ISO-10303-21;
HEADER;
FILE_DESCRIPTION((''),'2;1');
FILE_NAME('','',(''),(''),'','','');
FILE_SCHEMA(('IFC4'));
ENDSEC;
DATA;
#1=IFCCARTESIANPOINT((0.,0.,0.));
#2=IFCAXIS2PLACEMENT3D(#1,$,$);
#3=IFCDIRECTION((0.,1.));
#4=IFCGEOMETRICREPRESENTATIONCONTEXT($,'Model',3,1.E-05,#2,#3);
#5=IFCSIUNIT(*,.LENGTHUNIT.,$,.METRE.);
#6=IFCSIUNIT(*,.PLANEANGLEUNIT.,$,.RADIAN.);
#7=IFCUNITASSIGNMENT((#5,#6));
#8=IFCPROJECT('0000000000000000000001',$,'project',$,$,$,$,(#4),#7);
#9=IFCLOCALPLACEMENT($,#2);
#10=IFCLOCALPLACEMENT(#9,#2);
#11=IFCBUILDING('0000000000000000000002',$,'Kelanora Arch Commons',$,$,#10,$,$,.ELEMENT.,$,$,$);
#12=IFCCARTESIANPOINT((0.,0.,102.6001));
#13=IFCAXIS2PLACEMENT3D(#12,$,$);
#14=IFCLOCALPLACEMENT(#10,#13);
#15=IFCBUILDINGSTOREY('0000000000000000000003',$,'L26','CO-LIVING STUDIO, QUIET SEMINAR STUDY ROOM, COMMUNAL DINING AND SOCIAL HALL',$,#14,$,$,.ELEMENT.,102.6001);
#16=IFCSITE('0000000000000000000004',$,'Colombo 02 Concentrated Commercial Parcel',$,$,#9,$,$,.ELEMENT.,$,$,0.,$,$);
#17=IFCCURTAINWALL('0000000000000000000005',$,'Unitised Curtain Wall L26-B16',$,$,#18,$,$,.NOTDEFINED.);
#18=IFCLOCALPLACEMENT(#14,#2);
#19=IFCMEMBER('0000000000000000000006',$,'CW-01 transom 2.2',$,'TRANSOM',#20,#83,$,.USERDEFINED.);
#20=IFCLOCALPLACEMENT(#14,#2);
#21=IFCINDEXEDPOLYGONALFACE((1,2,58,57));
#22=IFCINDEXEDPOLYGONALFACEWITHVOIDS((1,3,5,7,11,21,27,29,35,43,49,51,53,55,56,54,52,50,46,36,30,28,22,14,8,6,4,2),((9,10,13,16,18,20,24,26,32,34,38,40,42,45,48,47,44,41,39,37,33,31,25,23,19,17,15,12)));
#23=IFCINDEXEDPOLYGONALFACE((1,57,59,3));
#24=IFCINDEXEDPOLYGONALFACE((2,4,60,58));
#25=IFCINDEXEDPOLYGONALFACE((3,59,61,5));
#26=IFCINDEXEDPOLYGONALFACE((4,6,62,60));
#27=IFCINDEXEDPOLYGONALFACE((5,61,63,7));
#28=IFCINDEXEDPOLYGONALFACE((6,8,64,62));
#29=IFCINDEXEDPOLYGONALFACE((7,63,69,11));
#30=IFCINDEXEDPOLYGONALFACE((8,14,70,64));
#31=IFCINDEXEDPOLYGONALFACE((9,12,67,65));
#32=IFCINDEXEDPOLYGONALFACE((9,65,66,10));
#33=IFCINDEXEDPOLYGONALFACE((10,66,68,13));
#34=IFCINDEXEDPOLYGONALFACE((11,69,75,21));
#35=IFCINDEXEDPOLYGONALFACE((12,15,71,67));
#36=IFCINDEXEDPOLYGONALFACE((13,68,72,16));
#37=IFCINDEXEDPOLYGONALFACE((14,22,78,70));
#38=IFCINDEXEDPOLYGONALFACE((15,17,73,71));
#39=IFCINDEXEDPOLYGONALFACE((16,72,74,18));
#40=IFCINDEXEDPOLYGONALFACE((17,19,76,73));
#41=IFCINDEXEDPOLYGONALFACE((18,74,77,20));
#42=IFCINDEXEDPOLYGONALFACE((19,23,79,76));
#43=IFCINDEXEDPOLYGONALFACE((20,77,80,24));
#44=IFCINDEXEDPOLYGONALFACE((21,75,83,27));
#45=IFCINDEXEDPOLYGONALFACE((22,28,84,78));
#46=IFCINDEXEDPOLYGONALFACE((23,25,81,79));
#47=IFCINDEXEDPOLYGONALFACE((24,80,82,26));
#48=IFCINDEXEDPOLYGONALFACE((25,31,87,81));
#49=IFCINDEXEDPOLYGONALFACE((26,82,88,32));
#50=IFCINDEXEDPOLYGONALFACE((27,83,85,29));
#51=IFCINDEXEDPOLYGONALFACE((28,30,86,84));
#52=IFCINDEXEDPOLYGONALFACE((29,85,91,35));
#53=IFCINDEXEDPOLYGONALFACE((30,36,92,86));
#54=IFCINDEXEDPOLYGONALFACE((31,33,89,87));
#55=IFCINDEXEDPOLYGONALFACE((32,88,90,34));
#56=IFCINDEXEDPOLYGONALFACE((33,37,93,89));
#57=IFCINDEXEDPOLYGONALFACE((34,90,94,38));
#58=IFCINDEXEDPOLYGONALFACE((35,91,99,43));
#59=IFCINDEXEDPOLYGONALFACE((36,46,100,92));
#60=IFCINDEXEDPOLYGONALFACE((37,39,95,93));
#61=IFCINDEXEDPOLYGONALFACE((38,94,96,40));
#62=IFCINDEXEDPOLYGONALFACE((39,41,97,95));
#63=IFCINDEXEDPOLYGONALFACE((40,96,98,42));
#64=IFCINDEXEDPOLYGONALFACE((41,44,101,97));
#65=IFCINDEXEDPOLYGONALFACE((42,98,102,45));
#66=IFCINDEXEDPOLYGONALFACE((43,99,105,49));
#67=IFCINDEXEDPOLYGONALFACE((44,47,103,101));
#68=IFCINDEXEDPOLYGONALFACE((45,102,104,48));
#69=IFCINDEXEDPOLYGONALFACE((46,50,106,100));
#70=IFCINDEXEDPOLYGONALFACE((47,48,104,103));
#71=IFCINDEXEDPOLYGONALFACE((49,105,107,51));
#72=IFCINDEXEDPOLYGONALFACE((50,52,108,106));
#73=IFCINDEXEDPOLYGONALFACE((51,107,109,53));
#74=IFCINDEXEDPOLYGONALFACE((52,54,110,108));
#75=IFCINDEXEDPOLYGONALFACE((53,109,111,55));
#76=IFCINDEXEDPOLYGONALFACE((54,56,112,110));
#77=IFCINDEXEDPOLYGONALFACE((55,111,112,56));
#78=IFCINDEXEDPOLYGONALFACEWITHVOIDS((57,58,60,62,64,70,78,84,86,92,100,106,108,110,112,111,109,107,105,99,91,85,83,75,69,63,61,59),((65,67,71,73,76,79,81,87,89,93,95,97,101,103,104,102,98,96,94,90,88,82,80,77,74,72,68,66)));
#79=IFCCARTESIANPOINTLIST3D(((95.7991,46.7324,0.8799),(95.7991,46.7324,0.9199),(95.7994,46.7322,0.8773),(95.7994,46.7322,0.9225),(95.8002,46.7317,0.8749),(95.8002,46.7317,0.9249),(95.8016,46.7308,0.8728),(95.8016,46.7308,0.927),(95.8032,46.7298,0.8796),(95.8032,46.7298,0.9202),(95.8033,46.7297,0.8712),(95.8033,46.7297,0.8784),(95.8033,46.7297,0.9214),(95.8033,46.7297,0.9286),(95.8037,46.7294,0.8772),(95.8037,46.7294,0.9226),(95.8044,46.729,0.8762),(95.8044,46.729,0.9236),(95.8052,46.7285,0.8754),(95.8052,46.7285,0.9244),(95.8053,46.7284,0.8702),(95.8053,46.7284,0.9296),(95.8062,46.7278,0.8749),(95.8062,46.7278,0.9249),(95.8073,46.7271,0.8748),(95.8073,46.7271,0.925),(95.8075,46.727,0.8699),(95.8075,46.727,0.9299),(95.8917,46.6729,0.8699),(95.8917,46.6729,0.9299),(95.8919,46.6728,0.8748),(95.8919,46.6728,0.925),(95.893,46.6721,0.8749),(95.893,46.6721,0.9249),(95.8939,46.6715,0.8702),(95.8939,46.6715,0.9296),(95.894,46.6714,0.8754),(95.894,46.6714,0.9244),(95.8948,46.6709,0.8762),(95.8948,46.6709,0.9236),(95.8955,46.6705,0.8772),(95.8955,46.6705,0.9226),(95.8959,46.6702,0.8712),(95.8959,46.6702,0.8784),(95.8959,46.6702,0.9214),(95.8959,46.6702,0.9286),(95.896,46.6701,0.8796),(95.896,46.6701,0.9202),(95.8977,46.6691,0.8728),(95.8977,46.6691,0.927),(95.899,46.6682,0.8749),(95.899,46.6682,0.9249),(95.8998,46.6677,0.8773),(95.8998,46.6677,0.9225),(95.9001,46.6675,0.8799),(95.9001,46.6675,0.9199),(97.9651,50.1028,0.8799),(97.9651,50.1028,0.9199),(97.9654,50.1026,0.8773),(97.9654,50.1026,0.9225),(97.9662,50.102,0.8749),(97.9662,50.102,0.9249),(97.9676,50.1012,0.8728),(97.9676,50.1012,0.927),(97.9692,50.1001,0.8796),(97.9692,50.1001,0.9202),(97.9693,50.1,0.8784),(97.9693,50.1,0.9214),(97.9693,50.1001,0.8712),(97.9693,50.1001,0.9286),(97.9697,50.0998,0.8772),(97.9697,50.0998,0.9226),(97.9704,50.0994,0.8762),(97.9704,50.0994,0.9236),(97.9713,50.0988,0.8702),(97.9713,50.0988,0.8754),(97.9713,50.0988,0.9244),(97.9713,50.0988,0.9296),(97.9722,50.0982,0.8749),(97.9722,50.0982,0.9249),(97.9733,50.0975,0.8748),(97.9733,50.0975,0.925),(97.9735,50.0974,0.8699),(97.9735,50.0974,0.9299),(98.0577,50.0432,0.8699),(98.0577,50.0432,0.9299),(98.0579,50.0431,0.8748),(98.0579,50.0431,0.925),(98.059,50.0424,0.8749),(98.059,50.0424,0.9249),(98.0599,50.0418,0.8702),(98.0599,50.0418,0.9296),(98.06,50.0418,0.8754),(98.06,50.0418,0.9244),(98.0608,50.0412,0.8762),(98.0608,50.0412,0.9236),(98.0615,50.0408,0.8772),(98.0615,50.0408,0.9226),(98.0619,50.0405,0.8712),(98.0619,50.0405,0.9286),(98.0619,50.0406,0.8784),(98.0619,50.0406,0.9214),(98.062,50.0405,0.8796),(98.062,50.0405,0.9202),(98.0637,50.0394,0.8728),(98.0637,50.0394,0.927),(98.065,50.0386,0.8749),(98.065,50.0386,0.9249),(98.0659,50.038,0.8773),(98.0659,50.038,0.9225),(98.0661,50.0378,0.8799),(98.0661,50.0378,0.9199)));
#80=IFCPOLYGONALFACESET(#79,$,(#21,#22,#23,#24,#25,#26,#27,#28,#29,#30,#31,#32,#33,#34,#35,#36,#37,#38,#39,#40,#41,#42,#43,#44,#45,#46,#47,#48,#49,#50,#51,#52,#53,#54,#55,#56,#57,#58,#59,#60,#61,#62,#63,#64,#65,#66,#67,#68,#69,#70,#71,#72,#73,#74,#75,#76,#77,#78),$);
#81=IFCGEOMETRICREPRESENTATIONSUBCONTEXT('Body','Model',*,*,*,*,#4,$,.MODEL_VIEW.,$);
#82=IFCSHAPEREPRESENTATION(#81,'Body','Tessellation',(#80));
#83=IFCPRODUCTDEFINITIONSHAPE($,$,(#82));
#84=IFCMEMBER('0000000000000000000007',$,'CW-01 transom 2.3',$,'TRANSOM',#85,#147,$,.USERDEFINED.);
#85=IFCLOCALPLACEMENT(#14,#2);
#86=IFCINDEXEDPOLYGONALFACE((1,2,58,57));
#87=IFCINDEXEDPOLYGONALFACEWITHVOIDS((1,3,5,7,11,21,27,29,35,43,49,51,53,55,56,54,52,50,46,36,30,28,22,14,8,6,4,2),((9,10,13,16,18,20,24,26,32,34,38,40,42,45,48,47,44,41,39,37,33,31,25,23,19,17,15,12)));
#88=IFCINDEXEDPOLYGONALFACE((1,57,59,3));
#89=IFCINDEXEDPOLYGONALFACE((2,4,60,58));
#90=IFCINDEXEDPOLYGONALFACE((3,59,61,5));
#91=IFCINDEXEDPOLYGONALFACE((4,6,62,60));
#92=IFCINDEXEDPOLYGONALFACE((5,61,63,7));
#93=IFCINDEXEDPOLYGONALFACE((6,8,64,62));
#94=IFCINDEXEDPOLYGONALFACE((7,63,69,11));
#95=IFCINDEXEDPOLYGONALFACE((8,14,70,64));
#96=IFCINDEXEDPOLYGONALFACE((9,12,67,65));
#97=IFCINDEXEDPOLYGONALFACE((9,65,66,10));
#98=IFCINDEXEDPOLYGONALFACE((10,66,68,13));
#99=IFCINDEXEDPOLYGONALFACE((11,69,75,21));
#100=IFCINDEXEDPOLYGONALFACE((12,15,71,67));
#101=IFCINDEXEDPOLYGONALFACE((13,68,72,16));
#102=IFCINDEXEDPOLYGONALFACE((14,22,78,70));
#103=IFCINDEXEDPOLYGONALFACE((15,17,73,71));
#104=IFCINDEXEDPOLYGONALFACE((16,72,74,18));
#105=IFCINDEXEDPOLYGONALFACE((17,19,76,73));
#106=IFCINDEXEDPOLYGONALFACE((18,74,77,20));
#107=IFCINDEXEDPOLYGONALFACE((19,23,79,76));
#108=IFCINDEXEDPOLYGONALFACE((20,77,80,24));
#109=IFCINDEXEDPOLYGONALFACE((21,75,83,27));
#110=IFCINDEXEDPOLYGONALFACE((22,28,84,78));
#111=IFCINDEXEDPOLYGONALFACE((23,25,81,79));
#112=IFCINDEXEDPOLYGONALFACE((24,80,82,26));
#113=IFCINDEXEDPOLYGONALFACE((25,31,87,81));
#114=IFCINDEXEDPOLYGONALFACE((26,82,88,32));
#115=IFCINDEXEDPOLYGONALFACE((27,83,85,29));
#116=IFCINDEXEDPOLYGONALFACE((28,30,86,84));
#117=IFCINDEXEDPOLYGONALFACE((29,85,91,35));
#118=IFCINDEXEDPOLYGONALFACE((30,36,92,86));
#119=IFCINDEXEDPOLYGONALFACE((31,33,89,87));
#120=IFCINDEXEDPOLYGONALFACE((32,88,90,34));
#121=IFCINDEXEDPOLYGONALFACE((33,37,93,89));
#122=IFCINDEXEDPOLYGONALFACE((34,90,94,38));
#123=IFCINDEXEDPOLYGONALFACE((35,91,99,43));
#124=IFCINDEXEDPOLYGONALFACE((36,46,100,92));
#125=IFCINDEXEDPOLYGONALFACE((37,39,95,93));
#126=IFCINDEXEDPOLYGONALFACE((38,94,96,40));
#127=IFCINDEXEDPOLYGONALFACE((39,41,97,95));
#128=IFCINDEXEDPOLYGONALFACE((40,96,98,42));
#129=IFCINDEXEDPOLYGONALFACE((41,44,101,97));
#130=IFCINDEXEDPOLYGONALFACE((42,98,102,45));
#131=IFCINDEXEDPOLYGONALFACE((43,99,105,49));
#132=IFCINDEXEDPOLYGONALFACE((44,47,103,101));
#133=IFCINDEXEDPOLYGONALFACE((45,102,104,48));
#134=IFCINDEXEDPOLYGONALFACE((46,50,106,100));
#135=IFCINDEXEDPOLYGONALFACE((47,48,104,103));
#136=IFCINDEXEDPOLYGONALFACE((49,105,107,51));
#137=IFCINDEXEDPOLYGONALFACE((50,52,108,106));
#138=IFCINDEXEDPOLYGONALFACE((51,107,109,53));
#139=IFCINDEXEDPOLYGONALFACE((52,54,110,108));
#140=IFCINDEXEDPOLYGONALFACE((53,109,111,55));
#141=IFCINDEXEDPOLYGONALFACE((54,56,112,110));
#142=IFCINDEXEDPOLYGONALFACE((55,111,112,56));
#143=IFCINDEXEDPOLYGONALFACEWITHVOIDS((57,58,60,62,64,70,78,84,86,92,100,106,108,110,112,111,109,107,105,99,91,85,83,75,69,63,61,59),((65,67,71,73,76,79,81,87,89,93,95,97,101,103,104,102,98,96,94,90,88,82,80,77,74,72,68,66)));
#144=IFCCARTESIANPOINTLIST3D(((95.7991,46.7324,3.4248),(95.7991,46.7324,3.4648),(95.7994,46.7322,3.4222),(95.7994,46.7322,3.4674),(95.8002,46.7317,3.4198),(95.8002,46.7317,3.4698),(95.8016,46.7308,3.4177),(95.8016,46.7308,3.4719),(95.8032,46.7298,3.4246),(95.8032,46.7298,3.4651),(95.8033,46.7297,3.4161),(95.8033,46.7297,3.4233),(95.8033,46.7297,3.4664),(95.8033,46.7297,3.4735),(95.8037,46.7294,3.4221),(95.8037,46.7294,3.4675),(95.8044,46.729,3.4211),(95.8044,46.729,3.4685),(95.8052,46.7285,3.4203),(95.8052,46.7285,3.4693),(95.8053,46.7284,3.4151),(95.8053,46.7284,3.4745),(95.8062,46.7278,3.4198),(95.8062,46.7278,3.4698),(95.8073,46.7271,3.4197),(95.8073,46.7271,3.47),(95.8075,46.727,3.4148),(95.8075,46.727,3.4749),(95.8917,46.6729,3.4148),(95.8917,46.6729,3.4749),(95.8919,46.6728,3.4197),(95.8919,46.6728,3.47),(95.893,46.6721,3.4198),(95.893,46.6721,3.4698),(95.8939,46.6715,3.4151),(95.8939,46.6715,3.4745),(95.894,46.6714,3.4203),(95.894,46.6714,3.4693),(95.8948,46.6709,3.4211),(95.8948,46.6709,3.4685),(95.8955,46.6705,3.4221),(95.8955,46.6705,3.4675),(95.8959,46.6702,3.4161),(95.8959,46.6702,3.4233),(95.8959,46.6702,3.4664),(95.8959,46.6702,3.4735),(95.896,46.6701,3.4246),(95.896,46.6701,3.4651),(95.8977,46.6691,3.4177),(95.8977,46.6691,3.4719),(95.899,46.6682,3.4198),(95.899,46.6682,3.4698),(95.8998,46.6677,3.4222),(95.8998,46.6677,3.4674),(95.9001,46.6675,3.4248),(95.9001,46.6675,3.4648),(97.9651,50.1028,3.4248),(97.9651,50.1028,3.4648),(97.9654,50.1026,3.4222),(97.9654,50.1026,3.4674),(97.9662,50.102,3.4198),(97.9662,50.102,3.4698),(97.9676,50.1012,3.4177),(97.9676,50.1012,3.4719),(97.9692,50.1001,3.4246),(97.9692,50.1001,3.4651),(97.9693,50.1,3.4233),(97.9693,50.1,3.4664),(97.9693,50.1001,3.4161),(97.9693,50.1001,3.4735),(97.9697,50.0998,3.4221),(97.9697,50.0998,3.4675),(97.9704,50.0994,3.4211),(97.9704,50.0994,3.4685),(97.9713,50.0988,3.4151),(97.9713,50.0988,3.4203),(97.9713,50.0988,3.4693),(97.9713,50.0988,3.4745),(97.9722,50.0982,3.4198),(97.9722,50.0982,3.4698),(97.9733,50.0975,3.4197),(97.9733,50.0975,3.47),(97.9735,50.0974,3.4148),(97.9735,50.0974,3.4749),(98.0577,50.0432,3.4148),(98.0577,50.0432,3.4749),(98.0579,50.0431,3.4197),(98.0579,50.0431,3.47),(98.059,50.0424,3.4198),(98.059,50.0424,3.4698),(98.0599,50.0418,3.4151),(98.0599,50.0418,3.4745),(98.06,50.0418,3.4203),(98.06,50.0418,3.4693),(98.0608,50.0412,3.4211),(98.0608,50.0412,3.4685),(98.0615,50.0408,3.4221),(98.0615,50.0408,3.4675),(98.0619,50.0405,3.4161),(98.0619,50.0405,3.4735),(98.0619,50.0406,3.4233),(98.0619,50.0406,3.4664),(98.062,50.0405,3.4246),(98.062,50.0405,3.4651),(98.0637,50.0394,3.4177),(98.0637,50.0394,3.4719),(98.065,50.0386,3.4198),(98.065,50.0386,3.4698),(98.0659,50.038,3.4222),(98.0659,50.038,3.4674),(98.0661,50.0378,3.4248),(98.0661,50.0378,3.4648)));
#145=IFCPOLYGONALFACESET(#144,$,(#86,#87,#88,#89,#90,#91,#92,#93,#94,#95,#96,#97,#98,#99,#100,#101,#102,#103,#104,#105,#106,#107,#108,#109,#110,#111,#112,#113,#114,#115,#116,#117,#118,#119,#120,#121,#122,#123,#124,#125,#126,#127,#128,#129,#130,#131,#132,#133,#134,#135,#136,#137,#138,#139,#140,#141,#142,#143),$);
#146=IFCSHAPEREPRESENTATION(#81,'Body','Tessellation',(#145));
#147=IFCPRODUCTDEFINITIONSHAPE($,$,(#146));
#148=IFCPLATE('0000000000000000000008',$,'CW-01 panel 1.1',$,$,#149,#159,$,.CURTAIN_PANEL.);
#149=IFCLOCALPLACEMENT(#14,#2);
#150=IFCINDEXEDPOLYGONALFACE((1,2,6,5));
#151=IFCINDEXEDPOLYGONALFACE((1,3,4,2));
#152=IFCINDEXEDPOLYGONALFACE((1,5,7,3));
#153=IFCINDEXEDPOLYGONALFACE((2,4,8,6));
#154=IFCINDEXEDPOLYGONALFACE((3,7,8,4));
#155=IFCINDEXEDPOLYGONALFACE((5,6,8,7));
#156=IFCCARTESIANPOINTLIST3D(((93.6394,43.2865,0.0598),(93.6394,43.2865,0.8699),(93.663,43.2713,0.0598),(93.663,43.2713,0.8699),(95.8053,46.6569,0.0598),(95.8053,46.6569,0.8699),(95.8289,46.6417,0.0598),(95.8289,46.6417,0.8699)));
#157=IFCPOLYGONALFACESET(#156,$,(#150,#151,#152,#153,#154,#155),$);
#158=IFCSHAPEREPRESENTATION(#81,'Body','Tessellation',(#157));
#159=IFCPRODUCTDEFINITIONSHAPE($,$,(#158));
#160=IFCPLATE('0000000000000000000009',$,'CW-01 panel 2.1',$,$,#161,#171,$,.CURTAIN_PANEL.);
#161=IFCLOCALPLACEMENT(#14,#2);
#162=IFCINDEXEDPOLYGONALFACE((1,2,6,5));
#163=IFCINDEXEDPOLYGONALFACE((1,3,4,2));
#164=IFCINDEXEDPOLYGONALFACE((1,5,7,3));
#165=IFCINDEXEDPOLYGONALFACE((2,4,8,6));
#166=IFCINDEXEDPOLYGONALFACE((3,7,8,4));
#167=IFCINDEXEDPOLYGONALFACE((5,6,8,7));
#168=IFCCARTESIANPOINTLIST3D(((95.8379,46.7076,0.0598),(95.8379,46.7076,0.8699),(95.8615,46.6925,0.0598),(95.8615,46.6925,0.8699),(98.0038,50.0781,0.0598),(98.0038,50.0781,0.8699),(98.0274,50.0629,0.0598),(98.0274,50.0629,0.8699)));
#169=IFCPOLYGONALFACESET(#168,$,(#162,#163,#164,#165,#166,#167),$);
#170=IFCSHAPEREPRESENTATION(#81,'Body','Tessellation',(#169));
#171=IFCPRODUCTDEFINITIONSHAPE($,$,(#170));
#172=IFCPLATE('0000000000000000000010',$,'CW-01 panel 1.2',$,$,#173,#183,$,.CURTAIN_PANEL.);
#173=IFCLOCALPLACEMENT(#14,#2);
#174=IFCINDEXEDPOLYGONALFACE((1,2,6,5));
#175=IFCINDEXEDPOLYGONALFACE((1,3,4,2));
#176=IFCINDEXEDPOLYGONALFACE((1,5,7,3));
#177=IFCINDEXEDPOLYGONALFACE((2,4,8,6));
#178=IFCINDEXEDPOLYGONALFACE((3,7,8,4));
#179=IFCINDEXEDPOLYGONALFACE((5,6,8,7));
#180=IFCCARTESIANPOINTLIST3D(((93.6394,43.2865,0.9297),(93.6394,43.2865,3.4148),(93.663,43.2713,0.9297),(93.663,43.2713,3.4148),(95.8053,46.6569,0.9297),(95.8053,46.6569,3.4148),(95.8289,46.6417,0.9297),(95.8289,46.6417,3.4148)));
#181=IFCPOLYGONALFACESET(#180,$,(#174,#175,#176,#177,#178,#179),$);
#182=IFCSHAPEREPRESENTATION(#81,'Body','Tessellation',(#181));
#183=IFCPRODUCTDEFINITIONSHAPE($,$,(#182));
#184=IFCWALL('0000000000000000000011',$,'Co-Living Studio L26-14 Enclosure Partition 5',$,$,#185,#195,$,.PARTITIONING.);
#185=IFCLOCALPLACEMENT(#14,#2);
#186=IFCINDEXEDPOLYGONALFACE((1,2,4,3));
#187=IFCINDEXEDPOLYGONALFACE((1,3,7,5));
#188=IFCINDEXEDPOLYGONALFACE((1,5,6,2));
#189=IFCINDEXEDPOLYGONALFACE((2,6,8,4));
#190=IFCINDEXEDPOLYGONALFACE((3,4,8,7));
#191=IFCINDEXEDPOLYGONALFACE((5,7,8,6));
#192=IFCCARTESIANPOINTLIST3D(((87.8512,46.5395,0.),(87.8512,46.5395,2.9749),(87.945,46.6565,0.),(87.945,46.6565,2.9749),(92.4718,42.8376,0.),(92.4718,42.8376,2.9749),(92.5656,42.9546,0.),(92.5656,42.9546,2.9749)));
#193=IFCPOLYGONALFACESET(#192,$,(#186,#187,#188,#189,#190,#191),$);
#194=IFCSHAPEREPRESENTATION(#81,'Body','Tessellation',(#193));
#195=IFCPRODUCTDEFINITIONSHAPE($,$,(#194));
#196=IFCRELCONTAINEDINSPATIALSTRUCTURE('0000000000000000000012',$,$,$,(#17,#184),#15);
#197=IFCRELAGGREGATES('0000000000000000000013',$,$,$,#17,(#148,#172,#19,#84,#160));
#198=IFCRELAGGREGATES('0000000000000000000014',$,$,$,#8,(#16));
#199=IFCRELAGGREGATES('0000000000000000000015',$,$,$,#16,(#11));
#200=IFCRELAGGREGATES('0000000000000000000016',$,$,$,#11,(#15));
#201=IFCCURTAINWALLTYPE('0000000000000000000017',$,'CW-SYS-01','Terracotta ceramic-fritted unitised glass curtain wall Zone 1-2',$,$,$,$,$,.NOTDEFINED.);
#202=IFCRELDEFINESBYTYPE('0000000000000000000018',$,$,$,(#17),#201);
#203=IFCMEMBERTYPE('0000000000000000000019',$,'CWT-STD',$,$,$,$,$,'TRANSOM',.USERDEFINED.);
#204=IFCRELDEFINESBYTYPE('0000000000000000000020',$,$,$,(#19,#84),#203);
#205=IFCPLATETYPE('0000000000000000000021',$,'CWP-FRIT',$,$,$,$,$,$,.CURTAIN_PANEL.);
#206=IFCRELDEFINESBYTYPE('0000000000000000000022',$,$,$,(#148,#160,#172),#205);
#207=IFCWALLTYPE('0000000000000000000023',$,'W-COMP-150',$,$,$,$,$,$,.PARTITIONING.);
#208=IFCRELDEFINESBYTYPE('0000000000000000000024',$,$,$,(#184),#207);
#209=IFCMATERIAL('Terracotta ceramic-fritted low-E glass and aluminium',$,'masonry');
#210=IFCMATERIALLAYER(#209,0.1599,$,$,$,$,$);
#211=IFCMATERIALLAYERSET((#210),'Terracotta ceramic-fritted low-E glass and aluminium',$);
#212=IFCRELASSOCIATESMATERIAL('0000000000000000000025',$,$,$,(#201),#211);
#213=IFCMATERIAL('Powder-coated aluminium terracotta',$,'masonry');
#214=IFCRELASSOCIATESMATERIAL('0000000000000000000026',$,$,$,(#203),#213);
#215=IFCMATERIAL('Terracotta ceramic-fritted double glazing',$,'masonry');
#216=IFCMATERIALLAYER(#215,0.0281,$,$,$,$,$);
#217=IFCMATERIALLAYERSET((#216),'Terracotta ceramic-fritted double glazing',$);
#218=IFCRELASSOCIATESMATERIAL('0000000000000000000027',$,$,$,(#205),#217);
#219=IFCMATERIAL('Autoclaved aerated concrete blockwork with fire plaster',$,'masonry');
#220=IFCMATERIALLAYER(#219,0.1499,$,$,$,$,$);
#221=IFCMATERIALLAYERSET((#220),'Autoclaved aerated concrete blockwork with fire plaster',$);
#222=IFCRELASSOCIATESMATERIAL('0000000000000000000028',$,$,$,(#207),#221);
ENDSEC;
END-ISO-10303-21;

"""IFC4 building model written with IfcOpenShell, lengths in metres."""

from ifc_helpers import new_model, si_unit, direction, frame, frame_2d, origin, origin_2d, place, context, subcontext, project, spatial, rectangle, hollow_rectangle, extrude, source, transform, mapped, material, layer, layer_set, material_profile, profile_set, type_object, element, aggregate, save


model = new_model("IFC4")

# Units and contexts
model_context = context("Model", 3, precision=1e-05, world=origin(), true_north=direction((0.0, 1.0)))
body_context = subcontext(model_context, "Body", "Model", "MODEL_VIEW")
ifc_project = project(units=[si_unit("LENGTHUNIT", "METRE"), si_unit("PLANEANGLEUNIT", "RADIAN")], contexts=[model_context])

# Site, building, storey
site_placement = place(None, origin())
site = spatial("IfcSite", under=ifc_project, at=site_placement, Name="Colombo 02 Concentrated Commercial Parcel", CompositionType="ELEMENT", RefElevation=0.0)
building_placement = place(site_placement, origin())
building = spatial("IfcBuilding", under=site, at=building_placement, Name="Kelanora Arch Commons", CompositionType="ELEMENT")
storey_placement = place(building_placement, frame((0.0, 0.0, 102.6001)))
storey = spatial("IfcBuildingStorey", under=building, at=storey_placement, Name="L26", Description="CO-LIVING STUDIO, QUIET SEMINAR STUDY ROOM, COMMUNAL DINING AND SOCIAL HALL", CompositionType="ELEMENT", Elevation=102.6001)

# Shared definitions
ifc_material_1 = material(Name="Terracotta ceramic-fritted low-E glass and aluminium", Category="masonry")
ifc_layer_1 = layer(ifc_material_1, 0.1599)
ifc_layer_set_1 = layer_set([ifc_layer_1], Name="Terracotta ceramic-fritted low-E glass and aluminium")
curtain_wall_type = type_object("IfcCurtainWallType", Name="CW-SYS-01", Description="Terracotta ceramic-fritted unitised glass curtain wall Zone 1-2", PredefinedType="NOTDEFINED", material=ifc_layer_set_1)
ifc_material_2 = material(Name="Powder-coated aluminium terracotta", Category="masonry")

# Curtain wall, members, plates
curtain_wall_1_placement = place(storey_placement, origin())
curtain_wall_1 = element("IfcCurtainWall", 1, at=curtain_wall_1_placement, inside=storey, type_object=curtain_wall_type, Name="Unitised Curtain Wall L26-B16", PredefinedType="NOTDEFINED")
ifc_material_profile_1 = material_profile(ifc_material_2, hollow_rectangle(XDim=0.1201, YDim=0.0601, WallThickness=0.0049, InnerFilletRadius=0.0049, OuterFilletRadius=0.01, at=origin_2d()), Name="CWT120x60")
ifc_profile_set_1 = profile_set([ifc_material_profile_1], Name="Powder-coated aluminium terracotta")
member_type_1 = type_object("IfcMemberType", Name="CWT-STD", ElementType="TRANSOM", PredefinedType="USERDEFINED", material=ifc_profile_set_1)
member_1_placement = place(storey_placement, frame((95.8496, 46.7, 0.8999), z_axis=(0.540644, 0.841252, 0.0), x_axis=(-0.841252, 0.540644, 0.0)))
member_1 = element("IfcMember", 2, at=member_1_placement, type_object=member_type_1, Name="CW-01 transom 2.2", ObjectType="TRANSOM", PredefinedType="USERDEFINED", context=body_context, shape_type="SweptSolid", body=[
    extrude(hollow_rectangle(XDim=0.1201, YDim=0.0601, WallThickness=0.0049, InnerFilletRadius=0.0049, OuterFilletRadius=0.01, at=origin_2d()), origin(), (0.0, 0.0, 1.0), 4.0063),
])
member_2_placement = place(storey_placement, frame((95.8496, 46.7, 3.4448), z_axis=(0.540644, 0.841252, 0.0), x_axis=(-0.841252, 0.540644, 0.0)))
member_2 = element("IfcMember", 3, at=member_2_placement, type_object=member_type_1, Name="CW-01 transom 2.3", ObjectType="TRANSOM", PredefinedType="USERDEFINED", context=body_context, shape_type="SweptSolid", body=[
    extrude(hollow_rectangle(XDim=0.1201, YDim=0.0601, WallThickness=0.0049, InnerFilletRadius=0.0049, OuterFilletRadius=0.01, at=origin_2d()), origin(), (0.0, 0.0, 1.0), 4.0063),
])
ifc_material_3 = material(Name="Terracotta ceramic-fritted double glazing", Category="masonry")
ifc_layer_2 = layer(ifc_material_3, 0.0281)
ifc_layer_set_2 = layer_set([ifc_layer_2], Name="Terracotta ceramic-fritted double glazing")
plate_type = type_object("IfcPlateType", Name="CWP-FRIT", PredefinedType="CURTAIN_PANEL", material=ifc_layer_set_2)
shared_shape_1 = source(origin(), body_context, "Body", "SweptSolid", [
    extrude(rectangle(XDim=4.0063, YDim=0.0281, at=origin_2d()), origin(), (0.0, 0.0, 1.0), 0.8101),
])
plate_1_placement = place(storey_placement, frame((94.7341, 44.9641, 0.0598), z_axis=(0.0, 0.0, 1.0), x_axis=(0.540617, 0.841269, 0.0)))
plate_1 = element("IfcPlate", 4, at=plate_1_placement, type_object=plate_type, Name="CW-01 panel 1.1", PredefinedType="CURTAIN_PANEL", context=body_context, shape_type="MappedRepresentation", body=[
    mapped(shared_shape_1, transform((0.0, 0.0, 0.0), scale=1.0)),
])
plate_2_placement = place(storey_placement, frame((96.9326, 48.3853, 0.0598), z_axis=(0.0, 0.0, 1.0), x_axis=(0.540617, 0.841269, 0.0)))
plate_2 = element("IfcPlate", 5, at=plate_2_placement, type_object=plate_type, Name="CW-01 panel 2.1", PredefinedType="CURTAIN_PANEL", context=body_context, shape_type="MappedRepresentation", body=[
    mapped(shared_shape_1, transform((0.0, 0.0, 0.0), scale=1.0)),
])
shared_shape_2 = source(origin(), body_context, "Body", "SweptSolid", [
    extrude(rectangle(XDim=4.0063, YDim=0.0281, at=origin_2d()), origin(), (0.0, 0.0, 1.0), 2.4851),
])
plate_3_placement = place(storey_placement, frame((94.7341, 44.9641, 0.9297), z_axis=(0.0, 0.0, 1.0), x_axis=(0.540617, 0.841269, 0.0)))
plate_3 = element("IfcPlate", 6, at=plate_3_placement, type_object=plate_type, Name="CW-01 panel 1.2", PredefinedType="CURTAIN_PANEL", context=body_context, shape_type="MappedRepresentation", body=[
    mapped(shared_shape_2, transform((0.0, 0.0, 0.0), scale=1.0)),
])
aggregate(curtain_wall_1, [plate_1, plate_3, member_1, member_2, plate_2])

# Wall
ifc_material_4 = material(Name="Autoclaved aerated concrete blockwork with fire plaster", Category="masonry")
ifc_layer_3 = layer(ifc_material_4, 0.1499)
ifc_layer_set_3 = layer_set([ifc_layer_3], Name="Autoclaved aerated concrete blockwork with fire plaster")
wall_type_1 = type_object("IfcWallType", Name="W-COMP-150", PredefinedType="PARTITIONING", material=ifc_layer_set_3)
wall_1_placement = place(storey_placement, frame((92.5188, 42.896, 0.0), z_axis=(0.0, 0.0, 1.0), x_axis=(-0.780422, 0.625253, 0.0)))
element("IfcWall", 7, at=wall_1_placement, inside=storey, type_object=wall_type_1, Name="Co-Living Studio L26-14 Enclosure Partition 5", PredefinedType="PARTITIONING", context=body_context, shape_type="SweptSolid", body=[
    extrude(rectangle(XDim=5.9207, YDim=0.1499, at=frame_2d((2.9604, 0.0))), origin(), (0.0, 0.0, 1.0), 2.9749),
])

save(model, "model.ifc")
